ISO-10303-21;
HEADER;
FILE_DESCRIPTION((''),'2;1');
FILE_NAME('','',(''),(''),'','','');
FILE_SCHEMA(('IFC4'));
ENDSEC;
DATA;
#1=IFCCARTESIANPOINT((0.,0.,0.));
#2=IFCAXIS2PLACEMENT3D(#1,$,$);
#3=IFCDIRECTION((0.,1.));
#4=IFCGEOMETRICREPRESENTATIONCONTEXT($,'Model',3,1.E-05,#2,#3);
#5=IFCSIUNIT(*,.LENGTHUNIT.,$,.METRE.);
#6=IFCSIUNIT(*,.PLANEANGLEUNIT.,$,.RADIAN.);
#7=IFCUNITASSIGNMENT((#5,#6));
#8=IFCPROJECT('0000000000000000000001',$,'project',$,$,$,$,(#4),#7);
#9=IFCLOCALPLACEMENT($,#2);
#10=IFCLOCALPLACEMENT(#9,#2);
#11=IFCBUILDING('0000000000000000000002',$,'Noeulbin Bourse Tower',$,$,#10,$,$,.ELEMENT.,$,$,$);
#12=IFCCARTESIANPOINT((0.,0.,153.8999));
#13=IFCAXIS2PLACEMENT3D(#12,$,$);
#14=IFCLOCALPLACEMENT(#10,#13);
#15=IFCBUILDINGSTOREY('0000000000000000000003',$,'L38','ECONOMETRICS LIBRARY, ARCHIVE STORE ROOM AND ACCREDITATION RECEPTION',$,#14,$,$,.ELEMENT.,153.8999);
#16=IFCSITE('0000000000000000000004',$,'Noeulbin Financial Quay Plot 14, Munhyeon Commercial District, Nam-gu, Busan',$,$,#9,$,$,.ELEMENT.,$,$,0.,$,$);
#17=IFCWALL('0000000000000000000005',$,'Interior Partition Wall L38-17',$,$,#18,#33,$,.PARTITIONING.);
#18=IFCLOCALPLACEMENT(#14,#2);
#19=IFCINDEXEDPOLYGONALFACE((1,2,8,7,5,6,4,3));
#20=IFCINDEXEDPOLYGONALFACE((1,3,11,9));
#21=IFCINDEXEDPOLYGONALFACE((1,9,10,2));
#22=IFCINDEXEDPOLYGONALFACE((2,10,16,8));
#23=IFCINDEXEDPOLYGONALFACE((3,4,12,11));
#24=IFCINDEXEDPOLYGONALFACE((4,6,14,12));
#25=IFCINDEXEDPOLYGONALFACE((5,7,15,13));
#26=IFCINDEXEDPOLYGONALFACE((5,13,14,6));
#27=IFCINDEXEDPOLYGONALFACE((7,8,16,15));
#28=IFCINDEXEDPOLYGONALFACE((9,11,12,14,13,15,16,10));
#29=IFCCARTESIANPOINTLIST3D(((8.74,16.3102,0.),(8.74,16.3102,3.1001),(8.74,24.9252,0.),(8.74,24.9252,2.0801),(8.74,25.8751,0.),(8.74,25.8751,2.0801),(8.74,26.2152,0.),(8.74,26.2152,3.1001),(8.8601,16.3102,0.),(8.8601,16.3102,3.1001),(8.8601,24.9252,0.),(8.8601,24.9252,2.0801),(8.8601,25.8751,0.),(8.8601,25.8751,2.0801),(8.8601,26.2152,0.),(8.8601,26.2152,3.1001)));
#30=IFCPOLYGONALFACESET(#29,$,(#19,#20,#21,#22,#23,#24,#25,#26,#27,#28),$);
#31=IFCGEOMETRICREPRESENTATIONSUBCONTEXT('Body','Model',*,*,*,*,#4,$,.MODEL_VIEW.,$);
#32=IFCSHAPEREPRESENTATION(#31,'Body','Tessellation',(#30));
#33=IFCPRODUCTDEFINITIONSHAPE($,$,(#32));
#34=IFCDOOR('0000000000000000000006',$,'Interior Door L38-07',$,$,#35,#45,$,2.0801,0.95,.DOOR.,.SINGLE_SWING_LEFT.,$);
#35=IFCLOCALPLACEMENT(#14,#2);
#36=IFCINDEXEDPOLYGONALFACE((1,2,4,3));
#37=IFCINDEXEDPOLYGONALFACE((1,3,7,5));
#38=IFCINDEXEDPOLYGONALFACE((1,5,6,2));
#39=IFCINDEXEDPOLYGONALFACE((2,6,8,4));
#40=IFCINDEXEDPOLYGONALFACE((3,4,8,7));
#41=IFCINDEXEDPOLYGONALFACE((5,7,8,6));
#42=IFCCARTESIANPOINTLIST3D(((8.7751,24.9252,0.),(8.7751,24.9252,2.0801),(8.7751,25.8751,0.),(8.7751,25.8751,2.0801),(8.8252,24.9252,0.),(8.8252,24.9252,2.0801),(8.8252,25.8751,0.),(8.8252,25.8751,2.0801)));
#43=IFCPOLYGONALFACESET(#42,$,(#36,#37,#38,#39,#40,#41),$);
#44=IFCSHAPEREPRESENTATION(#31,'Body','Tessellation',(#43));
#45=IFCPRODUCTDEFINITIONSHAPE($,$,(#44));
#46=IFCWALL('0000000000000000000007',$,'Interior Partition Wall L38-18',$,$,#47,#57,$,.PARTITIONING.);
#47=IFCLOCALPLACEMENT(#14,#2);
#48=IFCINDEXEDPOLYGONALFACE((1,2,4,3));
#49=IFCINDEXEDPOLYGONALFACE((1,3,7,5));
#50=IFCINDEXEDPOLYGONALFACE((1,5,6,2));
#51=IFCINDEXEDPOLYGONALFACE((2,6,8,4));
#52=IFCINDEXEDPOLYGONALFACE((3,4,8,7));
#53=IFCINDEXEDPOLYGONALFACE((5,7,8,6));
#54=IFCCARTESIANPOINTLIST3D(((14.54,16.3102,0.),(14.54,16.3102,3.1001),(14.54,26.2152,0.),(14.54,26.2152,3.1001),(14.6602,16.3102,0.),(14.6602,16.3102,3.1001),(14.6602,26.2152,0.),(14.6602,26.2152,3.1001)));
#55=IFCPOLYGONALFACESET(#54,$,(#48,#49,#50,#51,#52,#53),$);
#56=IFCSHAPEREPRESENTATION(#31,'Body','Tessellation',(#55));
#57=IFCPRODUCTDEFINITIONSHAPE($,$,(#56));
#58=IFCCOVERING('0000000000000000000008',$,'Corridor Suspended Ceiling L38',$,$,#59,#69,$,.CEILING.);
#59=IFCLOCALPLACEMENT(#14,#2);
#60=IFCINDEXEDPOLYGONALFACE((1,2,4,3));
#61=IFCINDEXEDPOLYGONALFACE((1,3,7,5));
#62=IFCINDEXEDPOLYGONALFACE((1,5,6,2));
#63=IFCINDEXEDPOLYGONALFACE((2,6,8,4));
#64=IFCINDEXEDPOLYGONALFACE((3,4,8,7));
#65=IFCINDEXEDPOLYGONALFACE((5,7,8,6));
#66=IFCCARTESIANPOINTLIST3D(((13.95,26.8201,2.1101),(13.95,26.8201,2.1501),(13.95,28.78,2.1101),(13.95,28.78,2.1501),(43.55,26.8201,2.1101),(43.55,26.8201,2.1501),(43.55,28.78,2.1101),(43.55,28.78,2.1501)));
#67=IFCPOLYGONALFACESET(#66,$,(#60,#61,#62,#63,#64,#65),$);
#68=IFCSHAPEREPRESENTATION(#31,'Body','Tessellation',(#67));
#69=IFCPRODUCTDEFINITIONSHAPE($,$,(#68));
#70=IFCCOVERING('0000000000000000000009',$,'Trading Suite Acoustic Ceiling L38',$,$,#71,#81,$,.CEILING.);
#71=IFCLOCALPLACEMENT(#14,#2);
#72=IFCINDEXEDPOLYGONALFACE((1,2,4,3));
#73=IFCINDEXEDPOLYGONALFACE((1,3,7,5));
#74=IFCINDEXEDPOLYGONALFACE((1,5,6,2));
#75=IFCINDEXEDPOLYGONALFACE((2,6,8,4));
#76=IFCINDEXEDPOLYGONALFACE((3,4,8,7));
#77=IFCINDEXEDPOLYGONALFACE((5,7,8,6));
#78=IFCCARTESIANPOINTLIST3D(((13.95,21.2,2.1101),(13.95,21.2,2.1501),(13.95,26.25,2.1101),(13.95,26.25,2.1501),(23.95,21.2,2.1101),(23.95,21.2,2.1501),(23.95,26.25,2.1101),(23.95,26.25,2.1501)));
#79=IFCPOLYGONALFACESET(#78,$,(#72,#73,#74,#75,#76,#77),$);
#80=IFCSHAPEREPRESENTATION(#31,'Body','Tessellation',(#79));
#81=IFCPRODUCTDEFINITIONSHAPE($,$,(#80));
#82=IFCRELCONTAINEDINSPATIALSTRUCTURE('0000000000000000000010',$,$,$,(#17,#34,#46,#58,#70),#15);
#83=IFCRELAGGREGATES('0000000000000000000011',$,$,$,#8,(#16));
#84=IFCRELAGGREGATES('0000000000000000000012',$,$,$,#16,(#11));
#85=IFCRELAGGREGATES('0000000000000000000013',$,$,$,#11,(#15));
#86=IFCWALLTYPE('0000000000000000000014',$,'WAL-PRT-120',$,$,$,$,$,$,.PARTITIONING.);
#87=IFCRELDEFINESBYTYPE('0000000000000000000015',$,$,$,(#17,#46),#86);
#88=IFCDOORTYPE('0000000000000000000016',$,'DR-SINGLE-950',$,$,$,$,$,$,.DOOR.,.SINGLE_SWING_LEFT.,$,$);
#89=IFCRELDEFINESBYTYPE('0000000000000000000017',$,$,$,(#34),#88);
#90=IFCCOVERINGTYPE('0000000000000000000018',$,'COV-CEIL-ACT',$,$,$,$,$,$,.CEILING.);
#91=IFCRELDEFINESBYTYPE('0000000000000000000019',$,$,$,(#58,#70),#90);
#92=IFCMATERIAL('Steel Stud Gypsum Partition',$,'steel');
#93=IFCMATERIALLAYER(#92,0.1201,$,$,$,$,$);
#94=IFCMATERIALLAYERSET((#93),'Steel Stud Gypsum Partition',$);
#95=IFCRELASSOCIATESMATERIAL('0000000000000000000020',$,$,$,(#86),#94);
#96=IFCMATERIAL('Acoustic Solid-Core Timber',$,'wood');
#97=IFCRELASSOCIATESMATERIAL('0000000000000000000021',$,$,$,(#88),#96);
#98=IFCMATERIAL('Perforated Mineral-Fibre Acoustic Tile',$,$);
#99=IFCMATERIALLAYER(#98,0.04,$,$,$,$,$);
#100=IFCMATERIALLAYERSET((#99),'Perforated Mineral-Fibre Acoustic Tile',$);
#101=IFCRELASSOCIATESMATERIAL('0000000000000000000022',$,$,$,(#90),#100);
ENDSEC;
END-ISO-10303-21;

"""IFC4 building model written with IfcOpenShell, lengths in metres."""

from ifc_helpers import new_model, si_unit, direction, frame, frame_2d, origin, place, context, subcontext, project, spatial, polyline, rectangle, outline, extrude, material, layer, layer_set, type_object, element, fill, save


model = new_model("IFC4")

# Units and contexts
model_context = context("Model", 3, precision=1e-05, world=origin(), true_north=direction((0.0, 1.0)))
body_context = subcontext(model_context, "Body", "Model", "MODEL_VIEW")
ifc_project = project(units=[si_unit("LENGTHUNIT", "METRE"), si_unit("PLANEANGLEUNIT", "RADIAN")], contexts=[model_context])

# Site, building, storey
site_placement = place(None, origin())
site = spatial("IfcSite", under=ifc_project, at=site_placement, Name="Noeulbin Financial Quay Plot 14, Munhyeon Commercial District, Nam-gu, Busan", CompositionType="ELEMENT", RefElevation=0.0)
building_placement = place(site_placement, origin())
building = spatial("IfcBuilding", under=site, at=building_placement, Name="Noeulbin Bourse Tower", CompositionType="ELEMENT")
storey_placement = place(building_placement, frame((0.0, 0.0, 153.8999)))
storey = spatial("IfcBuildingStorey", under=building, at=storey_placement, Name="L38", Description="ECONOMETRICS LIBRARY, ARCHIVE STORE ROOM AND ACCREDITATION RECEPTION", CompositionType="ELEMENT", Elevation=153.8999)

# Wall, opening, door
ifc_material_1 = material(Name="Steel Stud Gypsum Partition", Category="steel")
ifc_layer_1 = layer(ifc_material_1, 0.1201)
ifc_layer_set_1 = layer_set([ifc_layer_1], Name="Steel Stud Gypsum Partition")
wall_type_1 = type_object("IfcWallType", Name="WAL-PRT-120", PredefinedType="PARTITIONING", material=ifc_layer_set_1)
wall_1_placement = place(storey_placement, frame((8.8, 16.3101, 0.0), z_axis=(0.0, 0.0, 1.0), x_axis=(0.0, 1.0, 0.0)))
wall_1 = element("IfcWall", 1, at=wall_1_placement, inside=storey, type_object=wall_type_1, Name="Interior Partition Wall L38-17", PredefinedType="PARTITIONING", context=body_context, shape_type="SweptSolid", body=[
    extrude(rectangle(XDim=9.905, YDim=0.1201, at=frame_2d((4.9526, 0.0))), origin(), (0.0, 0.0, 1.0), 3.1001),
])
opening_1_placement = place(wall_1_placement, frame((8.615, 0.0, 0.0)))
opening_1 = element("IfcOpeningElement", 2, at=opening_1_placement, cuts=wall_1, PredefinedType="OPENING", context=body_context, shape_type="SweptSolid", body=[
    extrude(rectangle(XDim=0.95, YDim=2.0801, at=frame_2d((0.4751, 1.04))), frame((0.0, 0.0701, 0.0), z_axis=(0.0, -1.0, 0.0), x_axis=(1.0, 0.0, 0.0)), (0.0, 0.0, 1.0), 0.1401),
])
ifc_material_2 = material(Name="Acoustic Solid-Core Timber", Category="wood")
door_type_1 = type_object("IfcDoorType", Name="DR-SINGLE-950", OperationType="SINGLE_SWING_LEFT", PredefinedType="DOOR", material=ifc_material_2)
door_1_placement = place(opening_1_placement, origin())
door_1 = element("IfcDoor", 3, at=door_1_placement, inside=storey, type_object=door_type_1, Name="Interior Door L38-07", OperationType="SINGLE_SWING_LEFT", OverallHeight=2.0801, OverallWidth=0.95, PredefinedType="DOOR", context=body_context, shape_type="SweptSolid", body=[
    extrude(rectangle(XDim=0.95, YDim=2.0801, at=frame_2d((0.4751, 1.04))), frame((0.0, 0.0249, 0.0), z_axis=(0.0, -1.0, 0.0), x_axis=(1.0, 0.0, 0.0)), (0.0, 0.0, 1.0), 0.05),
])
fill(opening_1, door_1)

# Wall
wall_2_placement = place(storey_placement, frame((14.6001, 16.3101, 0.0), z_axis=(0.0, 0.0, 1.0), x_axis=(0.0, 1.0, 0.0)))
element("IfcWall", 4, at=wall_2_placement, inside=storey, type_object=wall_type_1, Name="Interior Partition Wall L38-18", PredefinedType="PARTITIONING", context=body_context, shape_type="SweptSolid", body=[
    extrude(rectangle(XDim=9.905, YDim=0.1201, at=frame_2d((4.9526, 0.0))), origin(), (0.0, 0.0, 1.0), 3.1001),
])

# Coverings
ifc_material_3 = material(Name="Perforated Mineral-Fibre Acoustic Tile")
ifc_layer_2 = layer(ifc_material_3, 0.04)
ifc_layer_set_2 = layer_set([ifc_layer_2], Name="Perforated Mineral-Fibre Acoustic Tile")
covering_type = type_object("IfcCoveringType", Name="COV-CEIL-ACT", PredefinedType="CEILING", material=ifc_layer_set_2)
covering_1_placement = place(storey_placement, frame((0.0, 0.0, 2.1101)))
element("IfcCovering", 5, at=covering_1_placement, inside=storey, type_object=covering_type, Name="Corridor Suspended Ceiling L38", PredefinedType="CEILING", context=body_context, shape_type="SweptSolid", body=[
    extrude(outline(polyline([(13.95, 26.8201), (43.55, 26.8201), (43.55, 28.78), (13.95, 28.78), (13.95, 26.8201)])), origin(), (0.0, 0.0, 1.0), 0.04),
])
covering_2_placement = place(storey_placement, frame((0.0, 0.0, 2.1101)))
element("IfcCovering", 6, at=covering_2_placement, inside=storey, type_object=covering_type, Name="Trading Suite Acoustic Ceiling L38", PredefinedType="CEILING", context=body_context, shape_type="SweptSolid", body=[
    extrude(outline(polyline([(13.95, 21.2), (23.95, 21.2), (23.95, 26.25), (13.95, 26.25), (13.95, 21.2)])), origin(), (0.0, 0.0, 1.0), 0.04),
])

save(model, "model.ifc")
